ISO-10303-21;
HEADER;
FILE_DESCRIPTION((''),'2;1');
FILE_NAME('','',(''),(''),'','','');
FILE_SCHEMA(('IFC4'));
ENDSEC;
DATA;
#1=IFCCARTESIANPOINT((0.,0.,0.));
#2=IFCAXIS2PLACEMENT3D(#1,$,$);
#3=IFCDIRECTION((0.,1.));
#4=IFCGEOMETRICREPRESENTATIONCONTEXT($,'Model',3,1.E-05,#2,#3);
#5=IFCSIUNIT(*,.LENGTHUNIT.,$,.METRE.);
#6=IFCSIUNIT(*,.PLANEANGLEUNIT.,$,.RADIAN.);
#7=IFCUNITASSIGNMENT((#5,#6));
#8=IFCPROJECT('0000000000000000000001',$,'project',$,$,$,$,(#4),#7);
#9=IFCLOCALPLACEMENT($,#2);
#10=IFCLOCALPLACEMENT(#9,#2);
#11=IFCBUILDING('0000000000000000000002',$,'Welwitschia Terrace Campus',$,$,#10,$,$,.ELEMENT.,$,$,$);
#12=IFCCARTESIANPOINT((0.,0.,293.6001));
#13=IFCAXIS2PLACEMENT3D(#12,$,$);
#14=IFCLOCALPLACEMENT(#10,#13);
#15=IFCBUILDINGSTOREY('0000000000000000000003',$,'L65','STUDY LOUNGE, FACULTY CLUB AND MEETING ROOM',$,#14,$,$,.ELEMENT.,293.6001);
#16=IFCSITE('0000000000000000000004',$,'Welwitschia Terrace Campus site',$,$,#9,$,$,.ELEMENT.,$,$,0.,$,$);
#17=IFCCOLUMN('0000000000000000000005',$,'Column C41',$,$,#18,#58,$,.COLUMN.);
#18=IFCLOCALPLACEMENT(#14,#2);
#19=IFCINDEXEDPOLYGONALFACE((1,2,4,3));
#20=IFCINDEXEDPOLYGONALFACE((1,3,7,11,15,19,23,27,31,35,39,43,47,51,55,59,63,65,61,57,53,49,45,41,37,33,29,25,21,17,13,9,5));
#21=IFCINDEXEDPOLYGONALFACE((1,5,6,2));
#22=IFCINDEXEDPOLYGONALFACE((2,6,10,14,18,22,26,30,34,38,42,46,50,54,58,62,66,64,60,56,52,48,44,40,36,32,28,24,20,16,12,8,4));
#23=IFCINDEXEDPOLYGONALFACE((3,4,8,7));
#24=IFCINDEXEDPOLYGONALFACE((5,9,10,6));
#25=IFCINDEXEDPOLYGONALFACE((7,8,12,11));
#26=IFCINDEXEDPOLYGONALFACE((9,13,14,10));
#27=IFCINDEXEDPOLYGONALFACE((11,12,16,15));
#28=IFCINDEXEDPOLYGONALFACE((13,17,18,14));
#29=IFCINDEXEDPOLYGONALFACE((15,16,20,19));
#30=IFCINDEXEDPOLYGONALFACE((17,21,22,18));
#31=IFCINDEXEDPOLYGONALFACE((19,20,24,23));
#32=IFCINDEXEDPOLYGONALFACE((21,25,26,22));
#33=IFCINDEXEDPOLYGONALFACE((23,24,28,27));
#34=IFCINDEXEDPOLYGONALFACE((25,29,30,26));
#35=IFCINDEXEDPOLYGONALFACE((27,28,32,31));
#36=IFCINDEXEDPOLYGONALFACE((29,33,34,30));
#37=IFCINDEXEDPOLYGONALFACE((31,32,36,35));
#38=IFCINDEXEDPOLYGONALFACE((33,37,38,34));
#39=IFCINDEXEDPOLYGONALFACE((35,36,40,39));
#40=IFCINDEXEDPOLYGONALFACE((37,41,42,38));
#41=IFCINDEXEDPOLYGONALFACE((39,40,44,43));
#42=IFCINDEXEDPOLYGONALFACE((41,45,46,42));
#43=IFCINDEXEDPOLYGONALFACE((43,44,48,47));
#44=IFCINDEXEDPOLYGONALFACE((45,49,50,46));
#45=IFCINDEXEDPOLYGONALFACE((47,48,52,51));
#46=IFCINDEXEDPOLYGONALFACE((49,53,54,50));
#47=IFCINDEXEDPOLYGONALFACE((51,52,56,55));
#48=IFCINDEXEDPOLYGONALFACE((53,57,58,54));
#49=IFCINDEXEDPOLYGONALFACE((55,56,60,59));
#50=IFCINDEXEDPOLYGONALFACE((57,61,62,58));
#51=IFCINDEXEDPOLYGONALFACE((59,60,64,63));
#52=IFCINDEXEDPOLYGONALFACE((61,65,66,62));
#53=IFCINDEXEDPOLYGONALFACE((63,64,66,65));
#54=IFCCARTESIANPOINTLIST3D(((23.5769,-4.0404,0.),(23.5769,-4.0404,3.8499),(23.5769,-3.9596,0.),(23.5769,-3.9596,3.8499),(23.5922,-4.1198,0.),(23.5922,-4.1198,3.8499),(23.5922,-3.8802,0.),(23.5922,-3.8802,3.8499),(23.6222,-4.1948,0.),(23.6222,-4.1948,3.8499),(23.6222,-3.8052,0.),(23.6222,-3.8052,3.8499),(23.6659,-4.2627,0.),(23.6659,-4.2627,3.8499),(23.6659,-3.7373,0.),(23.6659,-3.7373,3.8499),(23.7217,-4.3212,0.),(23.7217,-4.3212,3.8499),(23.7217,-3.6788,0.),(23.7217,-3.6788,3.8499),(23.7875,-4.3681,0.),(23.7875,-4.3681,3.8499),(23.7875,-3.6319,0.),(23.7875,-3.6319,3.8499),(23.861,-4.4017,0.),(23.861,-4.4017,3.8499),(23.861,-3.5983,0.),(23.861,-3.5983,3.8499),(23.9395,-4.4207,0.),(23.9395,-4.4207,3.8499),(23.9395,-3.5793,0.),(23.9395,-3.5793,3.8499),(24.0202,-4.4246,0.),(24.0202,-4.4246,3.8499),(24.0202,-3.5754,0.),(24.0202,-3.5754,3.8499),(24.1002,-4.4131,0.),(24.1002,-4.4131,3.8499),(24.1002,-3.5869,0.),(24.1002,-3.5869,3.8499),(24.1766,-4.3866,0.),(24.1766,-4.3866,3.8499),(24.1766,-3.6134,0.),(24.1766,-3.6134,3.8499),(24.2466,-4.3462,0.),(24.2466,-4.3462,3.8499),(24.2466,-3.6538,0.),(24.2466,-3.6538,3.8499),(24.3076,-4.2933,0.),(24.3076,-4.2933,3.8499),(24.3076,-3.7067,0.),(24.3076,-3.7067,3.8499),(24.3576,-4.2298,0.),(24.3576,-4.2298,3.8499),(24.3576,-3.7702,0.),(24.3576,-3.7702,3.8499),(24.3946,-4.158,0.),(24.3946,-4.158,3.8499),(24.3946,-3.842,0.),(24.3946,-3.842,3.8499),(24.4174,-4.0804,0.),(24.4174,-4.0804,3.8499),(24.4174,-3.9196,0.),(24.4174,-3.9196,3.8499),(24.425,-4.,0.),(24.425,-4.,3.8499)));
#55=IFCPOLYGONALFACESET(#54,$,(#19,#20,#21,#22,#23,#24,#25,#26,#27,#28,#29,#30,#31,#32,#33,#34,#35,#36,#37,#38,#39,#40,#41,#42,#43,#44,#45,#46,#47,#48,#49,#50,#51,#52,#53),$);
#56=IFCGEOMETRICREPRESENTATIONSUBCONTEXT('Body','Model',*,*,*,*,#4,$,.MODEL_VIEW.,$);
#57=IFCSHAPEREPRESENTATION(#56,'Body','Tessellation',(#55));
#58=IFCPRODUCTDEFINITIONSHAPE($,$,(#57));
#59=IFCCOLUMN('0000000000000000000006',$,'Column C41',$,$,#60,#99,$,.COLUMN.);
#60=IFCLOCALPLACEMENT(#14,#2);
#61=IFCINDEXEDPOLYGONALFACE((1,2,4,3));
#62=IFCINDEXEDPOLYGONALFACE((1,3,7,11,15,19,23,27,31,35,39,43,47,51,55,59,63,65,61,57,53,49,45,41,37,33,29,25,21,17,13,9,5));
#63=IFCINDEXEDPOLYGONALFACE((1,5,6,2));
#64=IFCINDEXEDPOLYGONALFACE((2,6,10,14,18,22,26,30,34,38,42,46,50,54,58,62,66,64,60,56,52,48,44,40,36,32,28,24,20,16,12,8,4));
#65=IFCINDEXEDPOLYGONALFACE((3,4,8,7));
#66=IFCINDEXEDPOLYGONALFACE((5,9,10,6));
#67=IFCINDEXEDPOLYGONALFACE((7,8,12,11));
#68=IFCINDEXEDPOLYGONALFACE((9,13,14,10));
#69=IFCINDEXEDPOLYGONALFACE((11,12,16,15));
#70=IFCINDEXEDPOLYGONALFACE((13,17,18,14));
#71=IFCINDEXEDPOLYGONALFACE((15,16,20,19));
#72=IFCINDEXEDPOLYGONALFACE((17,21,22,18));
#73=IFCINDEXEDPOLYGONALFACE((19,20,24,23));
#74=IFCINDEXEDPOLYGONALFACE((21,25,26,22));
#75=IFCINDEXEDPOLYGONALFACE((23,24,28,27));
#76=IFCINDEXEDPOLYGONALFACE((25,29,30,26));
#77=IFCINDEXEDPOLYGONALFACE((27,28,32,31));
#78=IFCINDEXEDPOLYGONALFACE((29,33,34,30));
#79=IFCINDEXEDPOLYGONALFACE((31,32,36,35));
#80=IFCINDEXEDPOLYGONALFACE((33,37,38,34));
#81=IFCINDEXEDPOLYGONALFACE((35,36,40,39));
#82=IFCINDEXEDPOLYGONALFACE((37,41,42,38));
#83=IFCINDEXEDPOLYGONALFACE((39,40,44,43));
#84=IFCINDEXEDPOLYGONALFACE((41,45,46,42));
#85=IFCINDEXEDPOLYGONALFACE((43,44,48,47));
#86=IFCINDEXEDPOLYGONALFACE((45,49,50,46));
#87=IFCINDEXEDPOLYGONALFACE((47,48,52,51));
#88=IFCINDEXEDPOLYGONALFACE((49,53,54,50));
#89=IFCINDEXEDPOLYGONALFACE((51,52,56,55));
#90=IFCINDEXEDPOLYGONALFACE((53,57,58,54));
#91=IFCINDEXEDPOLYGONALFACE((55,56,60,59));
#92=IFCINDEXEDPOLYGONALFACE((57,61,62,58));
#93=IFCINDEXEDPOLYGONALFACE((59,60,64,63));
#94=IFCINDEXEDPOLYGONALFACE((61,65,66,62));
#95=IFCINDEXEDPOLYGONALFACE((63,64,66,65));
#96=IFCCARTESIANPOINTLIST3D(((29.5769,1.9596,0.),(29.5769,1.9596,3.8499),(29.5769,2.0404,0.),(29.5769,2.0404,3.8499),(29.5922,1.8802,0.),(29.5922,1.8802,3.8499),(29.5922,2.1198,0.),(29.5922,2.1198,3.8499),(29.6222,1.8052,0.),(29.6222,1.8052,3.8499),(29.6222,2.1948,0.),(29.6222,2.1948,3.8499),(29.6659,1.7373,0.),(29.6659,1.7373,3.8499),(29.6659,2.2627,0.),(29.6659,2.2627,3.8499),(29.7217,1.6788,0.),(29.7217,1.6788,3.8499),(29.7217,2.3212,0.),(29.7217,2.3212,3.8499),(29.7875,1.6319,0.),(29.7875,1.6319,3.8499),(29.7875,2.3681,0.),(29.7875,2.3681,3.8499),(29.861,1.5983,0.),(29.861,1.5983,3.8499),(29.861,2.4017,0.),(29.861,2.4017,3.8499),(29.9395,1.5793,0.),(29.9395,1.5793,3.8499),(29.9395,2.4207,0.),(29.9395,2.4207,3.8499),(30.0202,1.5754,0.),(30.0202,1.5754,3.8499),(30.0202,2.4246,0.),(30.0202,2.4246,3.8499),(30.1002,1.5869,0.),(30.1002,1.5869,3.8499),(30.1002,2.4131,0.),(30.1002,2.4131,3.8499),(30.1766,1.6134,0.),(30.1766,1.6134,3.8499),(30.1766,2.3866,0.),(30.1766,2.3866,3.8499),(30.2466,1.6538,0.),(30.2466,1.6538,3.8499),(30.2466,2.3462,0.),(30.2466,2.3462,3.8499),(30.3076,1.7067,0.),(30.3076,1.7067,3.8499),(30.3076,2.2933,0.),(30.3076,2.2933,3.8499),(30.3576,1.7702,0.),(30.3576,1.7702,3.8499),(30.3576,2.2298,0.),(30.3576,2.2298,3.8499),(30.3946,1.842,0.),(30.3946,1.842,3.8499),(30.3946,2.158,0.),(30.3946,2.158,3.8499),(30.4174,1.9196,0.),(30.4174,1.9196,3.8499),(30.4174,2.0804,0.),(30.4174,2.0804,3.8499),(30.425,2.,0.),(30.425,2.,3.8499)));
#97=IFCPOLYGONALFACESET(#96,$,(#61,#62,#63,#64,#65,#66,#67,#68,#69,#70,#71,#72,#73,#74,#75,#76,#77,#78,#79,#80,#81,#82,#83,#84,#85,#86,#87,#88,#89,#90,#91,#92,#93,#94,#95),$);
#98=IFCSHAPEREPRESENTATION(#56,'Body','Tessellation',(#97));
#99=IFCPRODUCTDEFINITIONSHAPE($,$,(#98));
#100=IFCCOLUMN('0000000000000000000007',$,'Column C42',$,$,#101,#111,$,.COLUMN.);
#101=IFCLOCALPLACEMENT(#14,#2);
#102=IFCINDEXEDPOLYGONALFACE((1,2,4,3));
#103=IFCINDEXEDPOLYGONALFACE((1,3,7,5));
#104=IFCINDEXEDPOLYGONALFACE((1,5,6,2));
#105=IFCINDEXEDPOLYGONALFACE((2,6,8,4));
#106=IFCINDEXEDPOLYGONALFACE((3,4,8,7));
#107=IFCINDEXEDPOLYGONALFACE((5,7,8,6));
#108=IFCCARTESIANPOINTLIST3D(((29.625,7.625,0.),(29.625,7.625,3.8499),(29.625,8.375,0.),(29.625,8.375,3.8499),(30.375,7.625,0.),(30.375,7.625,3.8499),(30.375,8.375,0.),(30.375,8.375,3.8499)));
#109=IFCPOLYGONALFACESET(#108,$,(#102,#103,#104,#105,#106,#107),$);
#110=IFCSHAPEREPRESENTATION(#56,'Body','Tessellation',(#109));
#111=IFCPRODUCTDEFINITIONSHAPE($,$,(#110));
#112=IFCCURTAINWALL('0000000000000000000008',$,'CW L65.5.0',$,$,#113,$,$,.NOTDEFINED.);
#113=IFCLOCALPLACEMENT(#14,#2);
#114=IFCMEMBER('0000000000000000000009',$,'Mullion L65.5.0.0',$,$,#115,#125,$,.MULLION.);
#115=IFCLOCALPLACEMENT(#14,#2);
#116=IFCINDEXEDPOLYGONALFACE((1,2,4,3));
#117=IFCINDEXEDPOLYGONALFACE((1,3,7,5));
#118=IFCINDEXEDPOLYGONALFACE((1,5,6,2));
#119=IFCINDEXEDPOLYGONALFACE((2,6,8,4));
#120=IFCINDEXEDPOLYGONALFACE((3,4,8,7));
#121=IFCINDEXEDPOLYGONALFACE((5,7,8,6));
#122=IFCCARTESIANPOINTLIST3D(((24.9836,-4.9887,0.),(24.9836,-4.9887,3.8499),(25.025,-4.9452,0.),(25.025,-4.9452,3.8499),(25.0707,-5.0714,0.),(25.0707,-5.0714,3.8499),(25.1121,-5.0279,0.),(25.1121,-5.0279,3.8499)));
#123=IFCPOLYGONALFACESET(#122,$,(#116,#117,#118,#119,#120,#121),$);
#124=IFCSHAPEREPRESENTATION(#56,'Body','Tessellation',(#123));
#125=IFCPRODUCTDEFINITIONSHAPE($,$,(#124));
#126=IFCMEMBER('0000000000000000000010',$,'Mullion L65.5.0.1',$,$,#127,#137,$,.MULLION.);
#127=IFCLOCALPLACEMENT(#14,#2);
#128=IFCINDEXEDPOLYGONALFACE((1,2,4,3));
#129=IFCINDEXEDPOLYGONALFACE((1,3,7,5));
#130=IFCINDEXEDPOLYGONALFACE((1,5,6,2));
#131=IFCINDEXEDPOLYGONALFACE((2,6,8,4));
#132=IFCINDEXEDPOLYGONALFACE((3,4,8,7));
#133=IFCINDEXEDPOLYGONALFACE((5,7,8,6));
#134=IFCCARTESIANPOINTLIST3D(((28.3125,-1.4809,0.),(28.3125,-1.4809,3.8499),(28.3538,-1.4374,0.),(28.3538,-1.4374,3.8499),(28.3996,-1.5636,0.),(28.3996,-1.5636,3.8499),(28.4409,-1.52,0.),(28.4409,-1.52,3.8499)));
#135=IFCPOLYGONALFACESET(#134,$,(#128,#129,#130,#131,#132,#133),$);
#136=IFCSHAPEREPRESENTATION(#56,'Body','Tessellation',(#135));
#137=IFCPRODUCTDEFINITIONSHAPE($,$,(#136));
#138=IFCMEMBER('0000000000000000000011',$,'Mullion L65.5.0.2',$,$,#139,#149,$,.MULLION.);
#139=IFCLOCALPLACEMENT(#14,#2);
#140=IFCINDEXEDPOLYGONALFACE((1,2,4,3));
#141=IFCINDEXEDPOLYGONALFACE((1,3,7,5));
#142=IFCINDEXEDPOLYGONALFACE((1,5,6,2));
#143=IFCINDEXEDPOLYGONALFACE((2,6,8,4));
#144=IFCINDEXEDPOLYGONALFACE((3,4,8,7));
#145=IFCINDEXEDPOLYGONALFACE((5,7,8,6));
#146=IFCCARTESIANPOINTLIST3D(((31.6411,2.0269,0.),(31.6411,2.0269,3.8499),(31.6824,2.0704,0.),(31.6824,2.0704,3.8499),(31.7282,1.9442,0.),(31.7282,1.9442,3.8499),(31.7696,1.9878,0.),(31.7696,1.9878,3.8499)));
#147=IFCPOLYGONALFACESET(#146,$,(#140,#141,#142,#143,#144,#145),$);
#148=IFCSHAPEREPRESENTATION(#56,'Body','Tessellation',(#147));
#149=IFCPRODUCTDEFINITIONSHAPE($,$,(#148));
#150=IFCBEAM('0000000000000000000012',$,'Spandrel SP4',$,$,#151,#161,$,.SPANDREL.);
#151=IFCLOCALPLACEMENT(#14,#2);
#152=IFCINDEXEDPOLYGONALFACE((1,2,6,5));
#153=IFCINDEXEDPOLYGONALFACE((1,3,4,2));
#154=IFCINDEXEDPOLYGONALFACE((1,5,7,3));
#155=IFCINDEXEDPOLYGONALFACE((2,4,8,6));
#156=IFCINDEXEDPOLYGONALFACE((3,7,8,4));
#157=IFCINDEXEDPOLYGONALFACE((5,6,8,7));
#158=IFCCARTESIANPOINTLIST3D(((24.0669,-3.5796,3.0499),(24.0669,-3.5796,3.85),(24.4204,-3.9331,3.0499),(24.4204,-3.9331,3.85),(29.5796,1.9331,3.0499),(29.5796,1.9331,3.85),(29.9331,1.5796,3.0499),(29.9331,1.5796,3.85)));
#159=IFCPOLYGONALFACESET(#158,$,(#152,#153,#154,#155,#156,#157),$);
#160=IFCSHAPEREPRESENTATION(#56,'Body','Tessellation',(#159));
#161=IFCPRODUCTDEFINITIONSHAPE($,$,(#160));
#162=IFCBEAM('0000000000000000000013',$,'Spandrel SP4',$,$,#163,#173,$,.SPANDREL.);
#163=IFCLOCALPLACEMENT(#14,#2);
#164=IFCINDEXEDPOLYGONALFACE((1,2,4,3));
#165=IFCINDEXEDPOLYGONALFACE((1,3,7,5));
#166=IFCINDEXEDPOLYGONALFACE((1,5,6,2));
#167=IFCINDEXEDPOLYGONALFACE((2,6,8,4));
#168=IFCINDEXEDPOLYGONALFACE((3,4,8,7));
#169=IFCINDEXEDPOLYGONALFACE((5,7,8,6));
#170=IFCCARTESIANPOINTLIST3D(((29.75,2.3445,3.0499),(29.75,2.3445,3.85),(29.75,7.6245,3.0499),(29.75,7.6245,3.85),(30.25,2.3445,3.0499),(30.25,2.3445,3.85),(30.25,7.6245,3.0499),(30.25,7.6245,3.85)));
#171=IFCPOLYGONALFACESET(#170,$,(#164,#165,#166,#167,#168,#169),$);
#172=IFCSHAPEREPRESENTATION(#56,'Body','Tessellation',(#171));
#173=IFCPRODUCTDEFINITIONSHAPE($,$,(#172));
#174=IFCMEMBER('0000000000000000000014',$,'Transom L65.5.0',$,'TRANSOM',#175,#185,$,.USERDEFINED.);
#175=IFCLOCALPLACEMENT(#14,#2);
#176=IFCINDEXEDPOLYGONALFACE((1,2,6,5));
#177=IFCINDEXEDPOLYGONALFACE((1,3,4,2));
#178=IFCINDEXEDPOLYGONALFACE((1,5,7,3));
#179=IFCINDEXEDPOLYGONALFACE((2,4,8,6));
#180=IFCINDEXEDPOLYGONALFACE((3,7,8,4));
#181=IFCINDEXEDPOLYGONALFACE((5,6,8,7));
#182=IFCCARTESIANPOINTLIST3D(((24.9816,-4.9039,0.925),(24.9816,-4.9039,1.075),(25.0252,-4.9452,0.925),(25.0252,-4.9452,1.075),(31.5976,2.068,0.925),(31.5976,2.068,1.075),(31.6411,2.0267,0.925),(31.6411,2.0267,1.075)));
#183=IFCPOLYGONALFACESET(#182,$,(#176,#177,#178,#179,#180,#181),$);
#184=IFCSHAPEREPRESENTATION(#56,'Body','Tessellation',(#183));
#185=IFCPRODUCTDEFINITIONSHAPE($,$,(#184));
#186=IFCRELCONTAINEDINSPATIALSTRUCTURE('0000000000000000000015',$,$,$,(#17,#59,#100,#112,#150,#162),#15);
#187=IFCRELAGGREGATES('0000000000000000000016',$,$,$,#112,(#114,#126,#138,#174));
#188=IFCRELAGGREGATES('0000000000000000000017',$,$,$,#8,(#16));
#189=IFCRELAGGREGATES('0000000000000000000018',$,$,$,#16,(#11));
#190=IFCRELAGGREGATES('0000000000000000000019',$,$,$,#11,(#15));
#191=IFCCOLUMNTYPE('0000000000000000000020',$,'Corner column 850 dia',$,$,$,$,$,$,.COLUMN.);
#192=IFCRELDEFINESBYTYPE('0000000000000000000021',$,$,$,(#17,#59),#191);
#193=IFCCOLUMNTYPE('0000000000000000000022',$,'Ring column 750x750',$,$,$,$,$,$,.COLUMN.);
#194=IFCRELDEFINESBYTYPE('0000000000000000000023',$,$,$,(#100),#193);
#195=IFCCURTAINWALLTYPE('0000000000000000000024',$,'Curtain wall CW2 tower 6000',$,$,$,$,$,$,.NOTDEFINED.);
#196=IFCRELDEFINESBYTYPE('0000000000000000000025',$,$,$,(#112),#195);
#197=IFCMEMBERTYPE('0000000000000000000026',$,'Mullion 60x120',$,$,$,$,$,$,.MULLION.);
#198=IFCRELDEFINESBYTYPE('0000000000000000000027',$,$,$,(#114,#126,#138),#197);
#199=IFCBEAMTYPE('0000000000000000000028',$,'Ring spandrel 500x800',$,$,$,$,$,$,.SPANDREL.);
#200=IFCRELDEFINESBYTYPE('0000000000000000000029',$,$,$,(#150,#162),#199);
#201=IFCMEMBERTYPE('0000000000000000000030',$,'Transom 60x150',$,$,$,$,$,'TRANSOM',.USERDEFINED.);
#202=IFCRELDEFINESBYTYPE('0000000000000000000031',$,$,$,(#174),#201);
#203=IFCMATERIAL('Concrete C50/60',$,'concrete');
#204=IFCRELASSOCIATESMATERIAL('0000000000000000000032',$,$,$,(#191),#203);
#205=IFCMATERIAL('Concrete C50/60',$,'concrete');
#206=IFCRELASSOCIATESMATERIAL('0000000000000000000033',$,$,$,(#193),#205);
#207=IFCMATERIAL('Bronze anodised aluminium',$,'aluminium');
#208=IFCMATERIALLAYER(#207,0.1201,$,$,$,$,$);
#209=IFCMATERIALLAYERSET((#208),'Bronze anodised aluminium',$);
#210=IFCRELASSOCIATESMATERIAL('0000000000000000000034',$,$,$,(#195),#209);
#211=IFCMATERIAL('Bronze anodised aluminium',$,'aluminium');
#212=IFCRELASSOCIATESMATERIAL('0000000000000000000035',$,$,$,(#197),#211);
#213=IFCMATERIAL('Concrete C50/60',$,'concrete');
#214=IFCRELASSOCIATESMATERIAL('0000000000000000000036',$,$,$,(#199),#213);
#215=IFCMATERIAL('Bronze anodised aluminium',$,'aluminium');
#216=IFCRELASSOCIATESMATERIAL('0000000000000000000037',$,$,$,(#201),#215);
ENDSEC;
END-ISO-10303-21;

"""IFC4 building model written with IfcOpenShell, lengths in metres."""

from ifc_helpers import new_model, si_unit, direction, frame, origin, origin_2d, place, context, subcontext, project, spatial, rectangle, circle, extrude, material, layer, layer_set, material_profile, profile_set, type_object, element, aggregate, save


model = new_model("IFC4")

# Units and contexts
model_context = context("Model", 3, precision=1e-05, world=origin(), true_north=direction((0.0, 1.0)))
body_context = subcontext(model_context, "Body", "Model", "MODEL_VIEW")
ifc_project = project(units=[si_unit("LENGTHUNIT", "METRE"), si_unit("PLANEANGLEUNIT", "RADIAN")], contexts=[model_context])

# Site, building, storey
site_placement = place(None, origin())
site = spatial("IfcSite", under=ifc_project, at=site_placement, Name="Welwitschia Terrace Campus site", CompositionType="ELEMENT", RefElevation=0.0)
building_placement = place(site_placement, origin())
building = spatial("IfcBuilding", under=site, at=building_placement, Name="Welwitschia Terrace Campus", CompositionType="ELEMENT")
storey_placement = place(building_placement, frame((0.0, 0.0, 293.6001)))
storey = spatial("IfcBuildingStorey", under=building, at=storey_placement, Name="L65", Description="STUDY LOUNGE, FACULTY CLUB AND MEETING ROOM", CompositionType="ELEMENT", Elevation=293.6001)

# Columns
ifc_material_1 = material(Name="Concrete C50/60", Category="concrete")
ifc_material_profile_1 = material_profile(ifc_material_1, circle(Radius=0.425, at=origin_2d()))
ifc_profile_set_1 = profile_set([ifc_material_profile_1], Name="Concrete C50/60")
column_type_1 = type_object("IfcColumnType", Name="Corner column 850 dia", PredefinedType="COLUMN", material=ifc_profile_set_1)
for number, where, z_axis, x_axis, name in (
    (1, (24.0, -4.0, 0.0), (0.0, 0.0, 1.0), (1.0, 0.0, 0.0), "Column C41"),
    (2, (30.0, 2.0, 0.0), (0.0, 0.0, 1.0), (1.0, 0.0, 0.0), "Column C41"),
):
    element("IfcColumn", number, at=place(storey_placement, frame(where, z_axis=z_axis, x_axis=x_axis)), inside=storey, type_object=column_type_1, Name=name, PredefinedType="COLUMN", context=body_context, shape_type="SweptSolid", body=[
        extrude(circle(Radius=0.425, at=origin_2d()), origin(), (0.0, 0.0, 1.0), 3.8499),
    ])
ifc_material_2 = material(Name="Concrete C50/60", Category="concrete")
ifc_material_profile_2 = material_profile(ifc_material_2, rectangle(XDim=0.75, YDim=0.75, at=origin_2d()))
ifc_profile_set_2 = profile_set([ifc_material_profile_2], Name="Concrete C50/60")
column_type_2 = type_object("IfcColumnType", Name="Ring column 750x750", PredefinedType="COLUMN", material=ifc_profile_set_2)
column_placement = place(storey_placement, frame((30.0, 8.0, 0.0), z_axis=(0.0, 0.0, 1.0), x_axis=(1.0, 0.0, 0.0)))
element("IfcColumn", 3, at=column_placement, inside=storey, type_object=column_type_2, Name="Column C42", PredefinedType="COLUMN", context=body_context, shape_type="SweptSolid", body=[
    extrude(rectangle(XDim=0.75, YDim=0.75, at=origin_2d()), origin(), (0.0, 0.0, 1.0), 3.8499),
])

# Curtain wall, members
ifc_material_3 = material(Name="Bronze anodised aluminium", Category="aluminium")
ifc_layer_1 = layer(ifc_material_3, 0.1201)
ifc_layer_set_1 = layer_set([ifc_layer_1], Name="Bronze anodised aluminium")
curtain_wall_type = type_object("IfcCurtainWallType", Name="Curtain wall CW2 tower 6000", PredefinedType="NOTDEFINED", material=ifc_layer_set_1)
curtain_wall_placement = place(storey_placement, origin())
curtain_wall = element("IfcCurtainWall", 4, at=curtain_wall_placement, inside=storey, type_object=curtain_wall_type, Name="CW L65.5.0", PredefinedType="NOTDEFINED")
ifc_material_4 = material(Name="Bronze anodised aluminium", Category="aluminium")
ifc_material_profile_3 = material_profile(ifc_material_4, rectangle(XDim=0.1201, YDim=0.0601, at=origin_2d()))
ifc_profile_set_3 = profile_set([ifc_material_profile_3], Name="Bronze anodised aluminium")
member_type_1 = type_object("IfcMemberType", Name="Mullion 60x120", PredefinedType="MULLION", material=ifc_profile_set_3)
member_1_placement = place(storey_placement, frame((25.0479, -5.0083, 0.0), z_axis=(0.0, 0.0, 1.0), x_axis=(-0.725374, 0.688355, 0.0)))
member_1 = element("IfcMember", 5, at=member_1_placement, type_object=member_type_1, Name="Mullion L65.5.0.0", PredefinedType="MULLION", context=body_context, shape_type="SweptSolid", body=[
    extrude(rectangle(XDim=0.1201, YDim=0.0601, at=origin_2d()), origin(), (0.0, 0.0, 1.0), 3.8499),
])
member_2_placement = place(storey_placement, frame((28.3767, -1.5005, 0.0), z_axis=(0.0, 0.0, 1.0), x_axis=(-0.725374, 0.688355, 0.0)))
member_2 = element("IfcMember", 6, at=member_2_placement, type_object=member_type_1, Name="Mullion L65.5.0.1", PredefinedType="MULLION", context=body_context, shape_type="SweptSolid", body=[
    extrude(rectangle(XDim=0.1201, YDim=0.0601, at=origin_2d()), origin(), (0.0, 0.0, 1.0), 3.8499),
])
member_3_placement = place(storey_placement, frame((31.7053, 2.0073, 0.0), z_axis=(0.0, 0.0, 1.0), x_axis=(-0.725374, 0.688355, 0.0)))
member_3 = element("IfcMember", 7, at=member_3_placement, type_object=member_type_1, Name="Mullion L65.5.0.2", PredefinedType="MULLION", context=body_context, shape_type="SweptSolid", body=[
    extrude(rectangle(XDim=0.1201, YDim=0.0601, at=origin_2d()), origin(), (0.0, 0.0, 1.0), 3.8499),
])

# Beams
ifc_material_5 = material(Name="Concrete C50/60", Category="concrete")
ifc_material_profile_4 = material_profile(ifc_material_5, rectangle(XDim=0.5, YDim=0.8, at=origin_2d()))
ifc_profile_set_4 = profile_set([ifc_material_profile_4], Name="Concrete C50/60")
beam_type = type_object("IfcBeamType", Name="Ring spandrel 500x800", PredefinedType="SPANDREL", material=ifc_profile_set_4)
beam_1_placement = place(storey_placement, frame((24.2437, -3.7563, 3.45), z_axis=(0.707107, 0.707107, 0.0), x_axis=(-0.707107, 0.707107, 0.0)))
element("IfcBeam", 8, at=beam_1_placement, inside=storey, type_object=beam_type, Name="Spandrel SP4", PredefinedType="SPANDREL", context=body_context, shape_type="SweptSolid", body=[
    extrude(rectangle(XDim=0.5, YDim=0.8, at=origin_2d()), origin(), (0.0, 0.0, 1.0), 7.7961),
])
beam_2_placement = place(storey_placement, frame((30.0, 2.3445, 3.45), z_axis=(0.0, 1.0, 0.0), x_axis=(-1.0, 0.0, 0.0)))
element("IfcBeam", 9, at=beam_2_placement, inside=storey, type_object=beam_type, Name="Spandrel SP4", PredefinedType="SPANDREL", context=body_context, shape_type="SweptSolid", body=[
    extrude(rectangle(XDim=0.5, YDim=0.8, at=origin_2d()), origin(), (0.0, 0.0, 1.0), 5.28),
])

# Member
ifc_material_6 = material(Name="Bronze anodised aluminium", Category="aluminium")
ifc_material_profile_5 = material_profile(ifc_material_6, rectangle(XDim=0.0601, YDim=0.1499, at=origin_2d()))
ifc_profile_set_5 = profile_set([ifc_material_profile_5], Name="Bronze anodised aluminium")
member_type_2 = type_object("IfcMemberType", Name="Transom 60x150", ElementType="TRANSOM", PredefinedType="USERDEFINED", material=ifc_profile_set_5)
member_4_placement = place(storey_placement, frame((25.0034, -4.9246, 1.0), z_axis=(0.688347, 0.725382, 0.0), x_axis=(-0.725382, 0.688347, 0.0)))
member_4 = element("IfcMember", 10, at=member_4_placement, type_object=member_type_2, Name="Transom L65.5.0", ObjectType="TRANSOM", PredefinedType="USERDEFINED", context=body_context, shape_type="SweptSolid", body=[
    extrude(rectangle(XDim=0.0601, YDim=0.1499, at=origin_2d()), origin(), (0.0, 0.0, 1.0), 9.6113),
])

aggregate(curtain_wall, [member_1, member_2, member_3, member_4])

save(model, "model.ifc")
